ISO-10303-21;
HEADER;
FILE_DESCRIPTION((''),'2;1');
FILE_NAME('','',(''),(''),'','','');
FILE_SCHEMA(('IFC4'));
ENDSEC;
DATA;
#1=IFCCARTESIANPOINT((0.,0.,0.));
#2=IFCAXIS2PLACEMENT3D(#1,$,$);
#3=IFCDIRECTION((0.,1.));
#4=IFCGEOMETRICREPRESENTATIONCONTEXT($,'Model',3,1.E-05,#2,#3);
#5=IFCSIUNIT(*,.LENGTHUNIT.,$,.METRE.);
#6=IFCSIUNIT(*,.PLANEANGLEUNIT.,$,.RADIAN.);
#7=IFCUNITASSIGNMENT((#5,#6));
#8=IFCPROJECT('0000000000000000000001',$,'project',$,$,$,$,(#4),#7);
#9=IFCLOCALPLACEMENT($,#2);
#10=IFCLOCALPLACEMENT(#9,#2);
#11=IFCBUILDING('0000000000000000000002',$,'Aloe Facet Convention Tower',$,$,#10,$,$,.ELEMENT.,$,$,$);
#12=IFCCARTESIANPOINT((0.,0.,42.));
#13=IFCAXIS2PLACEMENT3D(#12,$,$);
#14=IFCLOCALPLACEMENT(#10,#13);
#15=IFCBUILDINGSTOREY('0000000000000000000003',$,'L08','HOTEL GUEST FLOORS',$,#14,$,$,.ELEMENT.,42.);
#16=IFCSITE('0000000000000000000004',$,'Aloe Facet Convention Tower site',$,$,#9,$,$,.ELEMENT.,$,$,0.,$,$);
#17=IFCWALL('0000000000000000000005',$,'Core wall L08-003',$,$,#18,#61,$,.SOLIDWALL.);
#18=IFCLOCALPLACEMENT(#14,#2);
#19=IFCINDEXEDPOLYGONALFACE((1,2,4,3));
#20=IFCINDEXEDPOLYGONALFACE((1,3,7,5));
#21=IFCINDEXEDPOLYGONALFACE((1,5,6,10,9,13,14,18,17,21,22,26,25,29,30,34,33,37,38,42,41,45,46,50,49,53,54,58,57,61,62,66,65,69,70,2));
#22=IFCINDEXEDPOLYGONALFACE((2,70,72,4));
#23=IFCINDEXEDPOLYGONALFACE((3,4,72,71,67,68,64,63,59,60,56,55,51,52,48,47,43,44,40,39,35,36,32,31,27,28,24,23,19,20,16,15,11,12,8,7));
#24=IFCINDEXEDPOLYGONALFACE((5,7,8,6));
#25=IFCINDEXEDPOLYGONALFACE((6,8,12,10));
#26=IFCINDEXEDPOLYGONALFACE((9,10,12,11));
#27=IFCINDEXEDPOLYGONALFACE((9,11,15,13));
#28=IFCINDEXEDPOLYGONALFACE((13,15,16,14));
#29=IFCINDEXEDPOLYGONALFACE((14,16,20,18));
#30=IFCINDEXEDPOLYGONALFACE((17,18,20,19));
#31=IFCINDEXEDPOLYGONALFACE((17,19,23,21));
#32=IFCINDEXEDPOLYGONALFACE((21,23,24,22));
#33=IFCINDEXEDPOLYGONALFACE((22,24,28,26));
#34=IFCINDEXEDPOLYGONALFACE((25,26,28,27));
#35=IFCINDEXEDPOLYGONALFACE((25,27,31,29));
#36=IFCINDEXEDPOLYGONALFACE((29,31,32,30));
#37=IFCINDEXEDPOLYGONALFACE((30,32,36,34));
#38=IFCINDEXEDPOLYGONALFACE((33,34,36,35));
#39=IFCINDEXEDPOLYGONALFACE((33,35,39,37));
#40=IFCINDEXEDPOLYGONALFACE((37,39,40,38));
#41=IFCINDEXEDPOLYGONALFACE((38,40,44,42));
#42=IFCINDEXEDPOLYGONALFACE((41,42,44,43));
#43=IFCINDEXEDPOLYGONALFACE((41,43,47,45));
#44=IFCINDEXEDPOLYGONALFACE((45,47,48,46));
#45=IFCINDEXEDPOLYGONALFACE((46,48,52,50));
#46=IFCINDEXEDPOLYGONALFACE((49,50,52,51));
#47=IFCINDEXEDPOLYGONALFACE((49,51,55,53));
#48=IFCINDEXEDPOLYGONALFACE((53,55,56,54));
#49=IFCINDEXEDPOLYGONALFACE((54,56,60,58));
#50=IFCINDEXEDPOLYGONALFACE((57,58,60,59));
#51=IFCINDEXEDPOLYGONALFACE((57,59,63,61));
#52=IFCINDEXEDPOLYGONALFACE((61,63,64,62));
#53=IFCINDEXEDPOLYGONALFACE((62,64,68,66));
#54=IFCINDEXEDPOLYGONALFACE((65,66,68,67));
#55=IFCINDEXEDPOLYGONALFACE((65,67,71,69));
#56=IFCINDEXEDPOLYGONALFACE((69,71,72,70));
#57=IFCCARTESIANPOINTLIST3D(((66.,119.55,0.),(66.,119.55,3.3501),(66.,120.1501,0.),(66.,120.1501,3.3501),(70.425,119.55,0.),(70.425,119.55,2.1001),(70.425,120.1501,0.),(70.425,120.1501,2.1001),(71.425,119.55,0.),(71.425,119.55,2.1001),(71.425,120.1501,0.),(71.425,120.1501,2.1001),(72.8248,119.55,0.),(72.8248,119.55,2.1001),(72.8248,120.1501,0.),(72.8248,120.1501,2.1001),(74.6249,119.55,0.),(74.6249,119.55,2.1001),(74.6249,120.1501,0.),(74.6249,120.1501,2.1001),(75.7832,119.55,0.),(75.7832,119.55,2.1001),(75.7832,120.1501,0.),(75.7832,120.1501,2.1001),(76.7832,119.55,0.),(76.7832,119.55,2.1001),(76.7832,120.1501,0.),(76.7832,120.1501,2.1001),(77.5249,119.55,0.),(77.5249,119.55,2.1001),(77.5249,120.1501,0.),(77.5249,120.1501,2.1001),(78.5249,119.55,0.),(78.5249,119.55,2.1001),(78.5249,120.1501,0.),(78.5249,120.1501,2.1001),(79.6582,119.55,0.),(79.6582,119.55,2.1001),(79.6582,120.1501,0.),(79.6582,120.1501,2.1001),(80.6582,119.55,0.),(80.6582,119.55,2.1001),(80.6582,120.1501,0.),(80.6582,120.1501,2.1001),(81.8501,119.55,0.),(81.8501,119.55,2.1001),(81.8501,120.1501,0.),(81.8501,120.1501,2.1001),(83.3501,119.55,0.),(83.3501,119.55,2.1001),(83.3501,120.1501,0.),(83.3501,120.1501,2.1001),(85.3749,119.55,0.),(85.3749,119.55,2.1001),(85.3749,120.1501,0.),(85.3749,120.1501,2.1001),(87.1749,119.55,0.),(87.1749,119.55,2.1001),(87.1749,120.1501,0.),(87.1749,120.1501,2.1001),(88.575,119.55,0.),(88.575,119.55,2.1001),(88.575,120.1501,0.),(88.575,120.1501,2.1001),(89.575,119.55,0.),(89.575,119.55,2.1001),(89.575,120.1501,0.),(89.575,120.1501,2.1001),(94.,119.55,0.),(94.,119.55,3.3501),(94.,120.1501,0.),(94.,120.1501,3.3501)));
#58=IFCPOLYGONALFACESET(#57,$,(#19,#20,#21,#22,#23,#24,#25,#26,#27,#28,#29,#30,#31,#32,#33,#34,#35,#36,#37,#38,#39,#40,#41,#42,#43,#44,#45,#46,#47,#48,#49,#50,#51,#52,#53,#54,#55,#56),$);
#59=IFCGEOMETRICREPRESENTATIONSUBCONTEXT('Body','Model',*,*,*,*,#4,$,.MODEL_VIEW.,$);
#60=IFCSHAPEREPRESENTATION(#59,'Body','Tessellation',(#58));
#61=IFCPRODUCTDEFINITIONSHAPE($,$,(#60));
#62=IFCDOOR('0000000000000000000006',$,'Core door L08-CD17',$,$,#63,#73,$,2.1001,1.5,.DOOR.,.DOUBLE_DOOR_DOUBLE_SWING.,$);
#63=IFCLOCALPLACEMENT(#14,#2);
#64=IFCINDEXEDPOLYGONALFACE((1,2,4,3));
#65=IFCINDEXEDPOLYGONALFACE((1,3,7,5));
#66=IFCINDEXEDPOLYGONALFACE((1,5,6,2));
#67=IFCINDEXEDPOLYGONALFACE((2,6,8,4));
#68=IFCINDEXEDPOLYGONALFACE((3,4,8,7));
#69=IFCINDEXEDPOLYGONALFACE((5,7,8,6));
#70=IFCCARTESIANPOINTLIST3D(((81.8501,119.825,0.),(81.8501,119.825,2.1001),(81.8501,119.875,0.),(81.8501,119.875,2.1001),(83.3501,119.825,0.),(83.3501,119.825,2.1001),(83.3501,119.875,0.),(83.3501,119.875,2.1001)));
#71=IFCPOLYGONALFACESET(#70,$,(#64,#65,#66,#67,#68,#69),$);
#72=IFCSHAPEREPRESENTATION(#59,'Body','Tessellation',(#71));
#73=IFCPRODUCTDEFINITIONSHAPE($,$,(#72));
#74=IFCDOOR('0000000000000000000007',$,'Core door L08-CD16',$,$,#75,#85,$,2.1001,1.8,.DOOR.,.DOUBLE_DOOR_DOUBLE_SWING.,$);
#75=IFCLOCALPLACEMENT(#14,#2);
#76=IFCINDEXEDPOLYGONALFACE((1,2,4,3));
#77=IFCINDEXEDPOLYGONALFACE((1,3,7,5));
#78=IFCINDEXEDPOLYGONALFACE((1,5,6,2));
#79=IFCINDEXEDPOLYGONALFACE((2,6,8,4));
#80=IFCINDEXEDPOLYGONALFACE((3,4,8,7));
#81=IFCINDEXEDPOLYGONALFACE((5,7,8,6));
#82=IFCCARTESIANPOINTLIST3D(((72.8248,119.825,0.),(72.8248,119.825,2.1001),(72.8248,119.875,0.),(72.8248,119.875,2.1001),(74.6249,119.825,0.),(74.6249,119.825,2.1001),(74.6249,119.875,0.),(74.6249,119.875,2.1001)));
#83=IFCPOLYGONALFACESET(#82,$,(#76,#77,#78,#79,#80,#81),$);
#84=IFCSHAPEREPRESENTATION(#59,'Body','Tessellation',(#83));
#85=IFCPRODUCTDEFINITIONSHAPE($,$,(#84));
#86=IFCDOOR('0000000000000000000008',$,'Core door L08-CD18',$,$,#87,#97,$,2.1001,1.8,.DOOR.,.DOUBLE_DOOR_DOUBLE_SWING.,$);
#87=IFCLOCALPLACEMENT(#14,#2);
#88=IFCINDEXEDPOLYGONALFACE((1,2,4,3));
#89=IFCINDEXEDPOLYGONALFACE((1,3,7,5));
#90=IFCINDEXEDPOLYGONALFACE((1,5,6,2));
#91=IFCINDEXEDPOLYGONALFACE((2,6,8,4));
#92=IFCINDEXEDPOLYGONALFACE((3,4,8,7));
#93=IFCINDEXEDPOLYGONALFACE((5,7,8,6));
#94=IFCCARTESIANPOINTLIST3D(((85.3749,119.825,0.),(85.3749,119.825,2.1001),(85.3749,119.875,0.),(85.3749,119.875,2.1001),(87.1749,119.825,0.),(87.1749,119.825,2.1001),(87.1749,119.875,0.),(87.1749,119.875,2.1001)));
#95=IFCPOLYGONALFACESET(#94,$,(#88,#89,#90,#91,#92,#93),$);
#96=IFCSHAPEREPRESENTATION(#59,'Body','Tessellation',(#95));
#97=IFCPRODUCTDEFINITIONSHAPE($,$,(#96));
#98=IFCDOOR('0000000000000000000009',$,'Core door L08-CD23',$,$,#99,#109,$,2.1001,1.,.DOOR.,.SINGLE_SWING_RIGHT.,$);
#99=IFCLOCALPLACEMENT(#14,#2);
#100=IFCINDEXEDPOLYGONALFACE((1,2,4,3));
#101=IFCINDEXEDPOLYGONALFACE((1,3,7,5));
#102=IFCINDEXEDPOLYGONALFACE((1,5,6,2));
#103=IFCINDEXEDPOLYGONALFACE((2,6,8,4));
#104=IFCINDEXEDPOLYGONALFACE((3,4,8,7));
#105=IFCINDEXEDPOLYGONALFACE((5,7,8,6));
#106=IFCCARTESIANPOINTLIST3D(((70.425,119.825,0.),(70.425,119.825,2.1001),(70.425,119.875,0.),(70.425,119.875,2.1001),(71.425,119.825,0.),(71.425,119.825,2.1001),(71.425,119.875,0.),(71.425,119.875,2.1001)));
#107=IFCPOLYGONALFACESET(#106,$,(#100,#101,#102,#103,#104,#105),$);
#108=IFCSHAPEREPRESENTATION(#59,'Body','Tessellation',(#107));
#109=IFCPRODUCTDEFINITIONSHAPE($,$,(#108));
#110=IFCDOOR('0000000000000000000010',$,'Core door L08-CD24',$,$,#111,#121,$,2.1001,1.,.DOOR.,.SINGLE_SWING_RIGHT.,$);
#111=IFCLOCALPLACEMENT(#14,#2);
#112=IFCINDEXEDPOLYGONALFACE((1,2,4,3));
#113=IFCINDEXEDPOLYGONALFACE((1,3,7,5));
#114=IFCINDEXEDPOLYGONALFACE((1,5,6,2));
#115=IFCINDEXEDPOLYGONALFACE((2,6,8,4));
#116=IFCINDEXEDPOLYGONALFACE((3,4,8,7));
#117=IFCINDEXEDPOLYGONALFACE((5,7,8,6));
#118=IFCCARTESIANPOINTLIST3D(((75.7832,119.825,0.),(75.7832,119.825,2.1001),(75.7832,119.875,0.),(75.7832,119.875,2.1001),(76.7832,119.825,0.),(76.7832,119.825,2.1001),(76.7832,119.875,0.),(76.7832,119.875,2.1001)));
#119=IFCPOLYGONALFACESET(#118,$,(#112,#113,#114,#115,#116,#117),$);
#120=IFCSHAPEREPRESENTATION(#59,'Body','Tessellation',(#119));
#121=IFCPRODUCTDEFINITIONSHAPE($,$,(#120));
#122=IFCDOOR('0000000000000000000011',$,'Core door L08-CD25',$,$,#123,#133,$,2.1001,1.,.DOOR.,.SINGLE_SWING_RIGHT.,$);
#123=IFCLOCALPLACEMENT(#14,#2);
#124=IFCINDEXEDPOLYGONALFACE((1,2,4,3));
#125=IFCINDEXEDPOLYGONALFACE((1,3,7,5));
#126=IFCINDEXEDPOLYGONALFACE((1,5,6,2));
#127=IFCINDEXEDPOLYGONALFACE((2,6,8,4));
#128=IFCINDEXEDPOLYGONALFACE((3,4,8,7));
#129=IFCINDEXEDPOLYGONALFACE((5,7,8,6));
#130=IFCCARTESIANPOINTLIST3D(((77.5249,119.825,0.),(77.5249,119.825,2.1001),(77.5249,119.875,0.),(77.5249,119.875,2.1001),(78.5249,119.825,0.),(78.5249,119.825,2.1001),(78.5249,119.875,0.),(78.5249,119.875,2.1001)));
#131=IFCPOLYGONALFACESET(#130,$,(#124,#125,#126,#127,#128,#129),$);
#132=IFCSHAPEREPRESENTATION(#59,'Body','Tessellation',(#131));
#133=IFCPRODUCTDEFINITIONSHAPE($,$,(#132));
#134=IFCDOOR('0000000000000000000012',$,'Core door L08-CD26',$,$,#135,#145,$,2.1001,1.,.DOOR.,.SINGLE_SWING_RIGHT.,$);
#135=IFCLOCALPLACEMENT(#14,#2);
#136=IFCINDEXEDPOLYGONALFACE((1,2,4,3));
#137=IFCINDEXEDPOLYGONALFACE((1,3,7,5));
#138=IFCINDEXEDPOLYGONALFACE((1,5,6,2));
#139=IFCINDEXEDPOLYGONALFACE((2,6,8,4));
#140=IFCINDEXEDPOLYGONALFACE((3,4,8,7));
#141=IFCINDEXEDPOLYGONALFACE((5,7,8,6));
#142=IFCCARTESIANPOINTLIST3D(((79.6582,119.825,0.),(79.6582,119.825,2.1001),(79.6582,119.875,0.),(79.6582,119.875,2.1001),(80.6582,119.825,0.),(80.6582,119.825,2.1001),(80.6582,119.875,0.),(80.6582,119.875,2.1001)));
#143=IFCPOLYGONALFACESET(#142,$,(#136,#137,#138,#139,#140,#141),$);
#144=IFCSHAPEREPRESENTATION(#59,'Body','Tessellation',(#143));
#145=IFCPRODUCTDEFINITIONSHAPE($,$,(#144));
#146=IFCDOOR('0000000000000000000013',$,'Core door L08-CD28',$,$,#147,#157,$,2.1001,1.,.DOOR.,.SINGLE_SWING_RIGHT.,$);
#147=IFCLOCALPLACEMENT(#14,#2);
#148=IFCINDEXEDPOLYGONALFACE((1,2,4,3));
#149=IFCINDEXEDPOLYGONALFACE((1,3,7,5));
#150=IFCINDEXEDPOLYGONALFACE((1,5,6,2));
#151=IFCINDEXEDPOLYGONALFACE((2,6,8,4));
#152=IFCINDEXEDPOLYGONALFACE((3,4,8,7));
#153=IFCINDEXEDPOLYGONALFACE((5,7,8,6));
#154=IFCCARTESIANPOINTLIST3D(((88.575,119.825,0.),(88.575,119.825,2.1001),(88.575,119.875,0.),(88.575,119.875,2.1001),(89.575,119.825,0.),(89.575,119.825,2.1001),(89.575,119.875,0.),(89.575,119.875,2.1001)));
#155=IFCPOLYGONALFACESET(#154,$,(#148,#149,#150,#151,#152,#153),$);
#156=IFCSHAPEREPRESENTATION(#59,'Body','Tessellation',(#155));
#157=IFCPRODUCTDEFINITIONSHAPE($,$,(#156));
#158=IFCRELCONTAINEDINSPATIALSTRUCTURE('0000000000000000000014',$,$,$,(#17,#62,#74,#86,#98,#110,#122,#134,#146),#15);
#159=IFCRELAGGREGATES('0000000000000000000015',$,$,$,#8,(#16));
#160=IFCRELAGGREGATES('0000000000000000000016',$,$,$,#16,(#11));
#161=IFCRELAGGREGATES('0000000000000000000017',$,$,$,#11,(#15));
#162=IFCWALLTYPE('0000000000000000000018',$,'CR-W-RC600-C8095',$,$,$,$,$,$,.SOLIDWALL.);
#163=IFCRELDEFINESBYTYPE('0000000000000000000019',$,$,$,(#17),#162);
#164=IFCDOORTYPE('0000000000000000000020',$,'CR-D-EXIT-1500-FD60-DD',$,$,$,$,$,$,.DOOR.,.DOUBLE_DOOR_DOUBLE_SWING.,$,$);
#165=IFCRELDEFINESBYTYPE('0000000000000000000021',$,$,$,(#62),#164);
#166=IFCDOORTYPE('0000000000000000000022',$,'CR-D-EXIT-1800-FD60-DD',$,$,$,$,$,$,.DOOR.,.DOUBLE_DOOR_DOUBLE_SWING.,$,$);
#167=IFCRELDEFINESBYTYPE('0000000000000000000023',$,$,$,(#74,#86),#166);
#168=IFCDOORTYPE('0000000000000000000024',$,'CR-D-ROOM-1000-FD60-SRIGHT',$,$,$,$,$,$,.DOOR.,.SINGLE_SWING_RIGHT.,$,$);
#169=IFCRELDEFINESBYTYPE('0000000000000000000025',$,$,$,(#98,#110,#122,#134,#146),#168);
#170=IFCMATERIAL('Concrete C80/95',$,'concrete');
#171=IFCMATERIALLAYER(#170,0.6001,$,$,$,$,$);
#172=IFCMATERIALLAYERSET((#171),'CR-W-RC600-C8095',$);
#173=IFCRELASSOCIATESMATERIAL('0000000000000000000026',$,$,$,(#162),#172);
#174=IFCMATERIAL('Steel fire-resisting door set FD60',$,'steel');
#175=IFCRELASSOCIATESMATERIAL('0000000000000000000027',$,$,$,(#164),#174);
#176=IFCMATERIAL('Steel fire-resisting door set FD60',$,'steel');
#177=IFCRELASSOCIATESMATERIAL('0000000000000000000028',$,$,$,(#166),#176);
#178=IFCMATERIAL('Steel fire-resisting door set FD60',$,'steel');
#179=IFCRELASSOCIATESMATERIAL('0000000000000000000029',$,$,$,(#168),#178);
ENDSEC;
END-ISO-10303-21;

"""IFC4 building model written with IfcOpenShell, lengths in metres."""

from ifc_helpers import new_model, si_unit, direction, frame, frame_2d, origin, place, context, subcontext, project, spatial, rectangle, extrude, material, layer, layer_set, type_object, element, fill, save


model = new_model("IFC4")

# Units and contexts
model_context = context("Model", 3, precision=1e-05, world=origin(), true_north=direction((0.0, 1.0)))
body_context = subcontext(model_context, "Body", "Model", "MODEL_VIEW")
ifc_project = project(units=[si_unit("LENGTHUNIT", "METRE"), si_unit("PLANEANGLEUNIT", "RADIAN")], contexts=[model_context])

# Site, building, storey
site_placement = place(None, origin())
site = spatial("IfcSite", under=ifc_project, at=site_placement, Name="Aloe Facet Convention Tower site", CompositionType="ELEMENT", RefElevation=0.0)
building_placement = place(site_placement, origin())
building = spatial("IfcBuilding", under=site, at=building_placement, Name="Aloe Facet Convention Tower", CompositionType="ELEMENT")
storey_placement = place(building_placement, frame((0.0, 0.0, 42.0)))
storey = spatial("IfcBuildingStorey", under=building, at=storey_placement, Name="L08", Description="HOTEL GUEST FLOORS", CompositionType="ELEMENT", Elevation=42.0)

# Wall, openings, doors
ifc_material_1 = material(Name="Concrete C80/95", Category="concrete")
ifc_layer_1 = layer(ifc_material_1, 0.6001)
ifc_layer_set_1 = layer_set([ifc_layer_1], Name="CR-W-RC600-C8095")
wall_type_1 = type_object("IfcWallType", Name="CR-W-RC600-C8095", PredefinedType="SOLIDWALL", material=ifc_layer_set_1)
wall_1_placement = place(storey_placement, frame((66.0, 119.8501, 0.0), z_axis=(0.0, 0.0, 1.0), x_axis=(1.0, 0.0, 0.0)))
wall_1 = element("IfcWall", 1, at=wall_1_placement, inside=storey, type_object=wall_type_1, Name="Core wall L08-003", PredefinedType="SOLIDWALL", context=body_context, shape_type="SweptSolid", body=[
    extrude(rectangle(XDim=28.0, YDim=0.6001, at=frame_2d((14.0, 0.0))), origin(), (0.0, 0.0, 1.0), 3.3501),
])
opening_1_placement = place(wall_1_placement, frame((6.825, 0.0, 0.0)))
opening_1 = element("IfcOpeningElement", 2, at=opening_1_placement, cuts=wall_1, PredefinedType="OPENING", context=body_context, shape_type="SweptSolid", body=[
    extrude(rectangle(XDim=1.8, YDim=2.1001, at=frame_2d((0.8999, 1.05))), frame((0.0, 0.3101, 0.0), z_axis=(0.0, -1.0, 0.0), x_axis=(1.0, 0.0, 0.0)), (0.0, 0.0, 1.0), 0.6201),
])
opening_2_placement = place(wall_1_placement, frame((15.8501, 0.0, 0.0)))
opening_2 = element("IfcOpeningElement", 3, at=opening_2_placement, cuts=wall_1, PredefinedType="OPENING", context=body_context, shape_type="SweptSolid", body=[
    extrude(rectangle(XDim=1.5, YDim=2.1001, at=frame_2d((0.75, 1.05))), frame((0.0, 0.3101, 0.0), z_axis=(0.0, -1.0, 0.0), x_axis=(1.0, 0.0, 0.0)), (0.0, 0.0, 1.0), 0.6201),
])
opening_3_placement = place(wall_1_placement, frame((19.375, 0.0, 0.0)))
opening_3 = element("IfcOpeningElement", 4, at=opening_3_placement, cuts=wall_1, PredefinedType="OPENING", context=body_context, shape_type="SweptSolid", body=[
    extrude(rectangle(XDim=1.8, YDim=2.1001, at=frame_2d((0.8999, 1.05))), frame((0.0, 0.3101, 0.0), z_axis=(0.0, -1.0, 0.0), x_axis=(1.0, 0.0, 0.0)), (0.0, 0.0, 1.0), 0.6201),
])
opening_4_placement = place(wall_1_placement, frame((4.425, 0.0, 0.0)))
opening_4 = element("IfcOpeningElement", 5, at=opening_4_placement, cuts=wall_1, PredefinedType="OPENING", context=body_context, shape_type="SweptSolid", body=[
    extrude(rectangle(XDim=1.0, YDim=2.1001, at=frame_2d((0.5, 1.05))), frame((0.0, 0.3101, 0.0), z_axis=(0.0, -1.0, 0.0), x_axis=(1.0, 0.0, 0.0)), (0.0, 0.0, 1.0), 0.6201),
])
opening_5_placement = place(wall_1_placement, frame((9.7832, 0.0, 0.0)))
opening_5 = element("IfcOpeningElement", 6, at=opening_5_placement, cuts=wall_1, PredefinedType="OPENING", context=body_context, shape_type="SweptSolid", body=[
    extrude(rectangle(XDim=1.0, YDim=2.1001, at=frame_2d((0.5, 1.05))), frame((0.0, 0.3101, 0.0), z_axis=(0.0, -1.0, 0.0), x_axis=(1.0, 0.0, 0.0)), (0.0, 0.0, 1.0), 0.6201),
])
opening_6_placement = place(wall_1_placement, frame((11.5249, 0.0, 0.0)))
opening_6 = element("IfcOpeningElement", 7, at=opening_6_placement, cuts=wall_1, PredefinedType="OPENING", context=body_context, shape_type="SweptSolid", body=[
    extrude(rectangle(XDim=1.0, YDim=2.1001, at=frame_2d((0.5, 1.05))), frame((0.0, 0.3101, 0.0), z_axis=(0.0, -1.0, 0.0), x_axis=(1.0, 0.0, 0.0)), (0.0, 0.0, 1.0), 0.6201),
])
opening_7_placement = place(wall_1_placement, frame((13.6582, 0.0, 0.0)))
opening_7 = element("IfcOpeningElement", 8, at=opening_7_placement, cuts=wall_1, PredefinedType="OPENING", context=body_context, shape_type="SweptSolid", body=[
    extrude(rectangle(XDim=1.0, YDim=2.1001, at=frame_2d((0.5, 1.05))), frame((0.0, 0.3101, 0.0), z_axis=(0.0, -1.0, 0.0), x_axis=(1.0, 0.0, 0.0)), (0.0, 0.0, 1.0), 0.6201),
])
opening_8_placement = place(wall_1_placement, frame((22.575, 0.0, 0.0)))
opening_8 = element("IfcOpeningElement", 9, at=opening_8_placement, cuts=wall_1, PredefinedType="OPENING", context=body_context, shape_type="SweptSolid", body=[
    extrude(rectangle(XDim=1.0, YDim=2.1001, at=frame_2d((0.5, 1.05))), frame((0.0, 0.3101, 0.0), z_axis=(0.0, -1.0, 0.0), x_axis=(1.0, 0.0, 0.0)), (0.0, 0.0, 1.0), 0.6201),
])
ifc_material_2 = material(Name="Steel fire-resisting door set FD60", Category="steel")
door_type_1 = type_object("IfcDoorType", Name="CR-D-EXIT-1500-FD60-DD", OperationType="DOUBLE_DOOR_DOUBLE_SWING", PredefinedType="DOOR", material=ifc_material_2)
door_1_placement = place(opening_2_placement, origin())
door_1 = element("IfcDoor", 10, at=door_1_placement, inside=storey, type_object=door_type_1, Name="Core door L08-CD17", OperationType="DOUBLE_DOOR_DOUBLE_SWING", OverallHeight=2.1001, OverallWidth=1.5, PredefinedType="DOOR", context=body_context, shape_type="SweptSolid", body=[
    extrude(rectangle(XDim=1.5, YDim=2.1001, at=frame_2d((0.75, 1.05))), frame((0.0, 0.0249, 0.0), z_axis=(0.0, -1.0, 0.0), x_axis=(1.0, 0.0, 0.0)), (0.0, 0.0, 1.0), 0.05),
])
fill(opening_2, door_1)
ifc_material_3 = material(Name="Steel fire-resisting door set FD60", Category="steel")
door_type_2 = type_object("IfcDoorType", Name="CR-D-EXIT-1800-FD60-DD", OperationType="DOUBLE_DOOR_DOUBLE_SWING", PredefinedType="DOOR", material=ifc_material_3)
door_2_placement = place(opening_1_placement, origin())
door_2 = element("IfcDoor", 11, at=door_2_placement, inside=storey, type_object=door_type_2, Name="Core door L08-CD16", OperationType="DOUBLE_DOOR_DOUBLE_SWING", OverallHeight=2.1001, OverallWidth=1.8, PredefinedType="DOOR", context=body_context, shape_type="SweptSolid", body=[
    extrude(rectangle(XDim=1.8, YDim=2.1001, at=frame_2d((0.8999, 1.05))), frame((0.0, 0.0249, 0.0), z_axis=(0.0, -1.0, 0.0), x_axis=(1.0, 0.0, 0.0)), (0.0, 0.0, 1.0), 0.05),
])
fill(opening_1, door_2)
door_3_placement = place(opening_3_placement, origin())
door_3 = element("IfcDoor", 12, at=door_3_placement, inside=storey, type_object=door_type_2, Name="Core door L08-CD18", OperationType="DOUBLE_DOOR_DOUBLE_SWING", OverallHeight=2.1001, OverallWidth=1.8, PredefinedType="DOOR", context=body_context, shape_type="SweptSolid", body=[
    extrude(rectangle(XDim=1.8, YDim=2.1001, at=frame_2d((0.8999, 1.05))), frame((0.0, 0.0249, 0.0), z_axis=(0.0, -1.0, 0.0), x_axis=(1.0, 0.0, 0.0)), (0.0, 0.0, 1.0), 0.05),
])
fill(opening_3, door_3)
ifc_material_4 = material(Name="Steel fire-resisting door set FD60", Category="steel")
door_type_3 = type_object("IfcDoorType", Name="CR-D-ROOM-1000-FD60-SRIGHT", OperationType="SINGLE_SWING_RIGHT", PredefinedType="DOOR", material=ifc_material_4)
door_4_placement = place(opening_4_placement, origin())
door_4 = element("IfcDoor", 13, at=door_4_placement, inside=storey, type_object=door_type_3, Name="Core door L08-CD23", OperationType="SINGLE_SWING_RIGHT", OverallHeight=2.1001, OverallWidth=1.0, PredefinedType="DOOR", context=body_context, shape_type="SweptSolid", body=[
    extrude(rectangle(XDim=1.0, YDim=2.1001, at=frame_2d((0.5, 1.05))), frame((0.0, 0.0249, 0.0), z_axis=(0.0, -1.0, 0.0), x_axis=(1.0, 0.0, 0.0)), (0.0, 0.0, 1.0), 0.05),
])
fill(opening_4, door_4)
door_5_placement = place(opening_5_placement, origin())
door_5 = element("IfcDoor", 14, at=door_5_placement, inside=storey, type_object=door_type_3, Name="Core door L08-CD24", OperationType="SINGLE_SWING_RIGHT", OverallHeight=2.1001, OverallWidth=1.0, PredefinedType="DOOR", context=body_context, shape_type="SweptSolid", body=[
    extrude(rectangle(XDim=1.0, YDim=2.1001, at=frame_2d((0.5, 1.05))), frame((0.0, 0.0249, 0.0), z_axis=(0.0, -1.0, 0.0), x_axis=(1.0, 0.0, 0.0)), (0.0, 0.0, 1.0), 0.05),
])
fill(opening_5, door_5)
door_6_placement = place(opening_6_placement, origin())
door_6 = element("IfcDoor", 15, at=door_6_placement, inside=storey, type_object=door_type_3, Name="Core door L08-CD25", OperationType="SINGLE_SWING_RIGHT", OverallHeight=2.1001, OverallWidth=1.0, PredefinedType="DOOR", context=body_context, shape_type="SweptSolid", body=[
    extrude(rectangle(XDim=1.0, YDim=2.1001, at=frame_2d((0.5, 1.05))), frame((0.0, 0.0249, 0.0), z_axis=(0.0, -1.0, 0.0), x_axis=(1.0, 0.0, 0.0)), (0.0, 0.0, 1.0), 0.05),
])
fill(opening_6, door_6)
door_7_placement = place(opening_7_placement, origin())
door_7 = element("IfcDoor", 16, at=door_7_placement, inside=storey, type_object=door_type_3, Name="Core door L08-CD26", OperationType="SINGLE_SWING_RIGHT", OverallHeight=2.1001, OverallWidth=1.0, PredefinedType="DOOR", context=body_context, shape_type="SweptSolid", body=[
    extrude(rectangle(XDim=1.0, YDim=2.1001, at=frame_2d((0.5, 1.05))), frame((0.0, 0.0249, 0.0), z_axis=(0.0, -1.0, 0.0), x_axis=(1.0, 0.0, 0.0)), (0.0, 0.0, 1.0), 0.05),
])
fill(opening_7, door_7)
door_8_placement = place(opening_8_placement, origin())
door_8 = element("IfcDoor", 17, at=door_8_placement, inside=storey, type_object=door_type_3, Name="Core door L08-CD28", OperationType="SINGLE_SWING_RIGHT", OverallHeight=2.1001, OverallWidth=1.0, PredefinedType="DOOR", context=body_context, shape_type="SweptSolid", body=[
    extrude(rectangle(XDim=1.0, YDim=2.1001, at=frame_2d((0.5, 1.05))), frame((0.0, 0.0249, 0.0), z_axis=(0.0, -1.0, 0.0), x_axis=(1.0, 0.0, 0.0)), (0.0, 0.0, 1.0), 0.05),
])
fill(opening_8, door_8)

save(model, "model.ifc")
